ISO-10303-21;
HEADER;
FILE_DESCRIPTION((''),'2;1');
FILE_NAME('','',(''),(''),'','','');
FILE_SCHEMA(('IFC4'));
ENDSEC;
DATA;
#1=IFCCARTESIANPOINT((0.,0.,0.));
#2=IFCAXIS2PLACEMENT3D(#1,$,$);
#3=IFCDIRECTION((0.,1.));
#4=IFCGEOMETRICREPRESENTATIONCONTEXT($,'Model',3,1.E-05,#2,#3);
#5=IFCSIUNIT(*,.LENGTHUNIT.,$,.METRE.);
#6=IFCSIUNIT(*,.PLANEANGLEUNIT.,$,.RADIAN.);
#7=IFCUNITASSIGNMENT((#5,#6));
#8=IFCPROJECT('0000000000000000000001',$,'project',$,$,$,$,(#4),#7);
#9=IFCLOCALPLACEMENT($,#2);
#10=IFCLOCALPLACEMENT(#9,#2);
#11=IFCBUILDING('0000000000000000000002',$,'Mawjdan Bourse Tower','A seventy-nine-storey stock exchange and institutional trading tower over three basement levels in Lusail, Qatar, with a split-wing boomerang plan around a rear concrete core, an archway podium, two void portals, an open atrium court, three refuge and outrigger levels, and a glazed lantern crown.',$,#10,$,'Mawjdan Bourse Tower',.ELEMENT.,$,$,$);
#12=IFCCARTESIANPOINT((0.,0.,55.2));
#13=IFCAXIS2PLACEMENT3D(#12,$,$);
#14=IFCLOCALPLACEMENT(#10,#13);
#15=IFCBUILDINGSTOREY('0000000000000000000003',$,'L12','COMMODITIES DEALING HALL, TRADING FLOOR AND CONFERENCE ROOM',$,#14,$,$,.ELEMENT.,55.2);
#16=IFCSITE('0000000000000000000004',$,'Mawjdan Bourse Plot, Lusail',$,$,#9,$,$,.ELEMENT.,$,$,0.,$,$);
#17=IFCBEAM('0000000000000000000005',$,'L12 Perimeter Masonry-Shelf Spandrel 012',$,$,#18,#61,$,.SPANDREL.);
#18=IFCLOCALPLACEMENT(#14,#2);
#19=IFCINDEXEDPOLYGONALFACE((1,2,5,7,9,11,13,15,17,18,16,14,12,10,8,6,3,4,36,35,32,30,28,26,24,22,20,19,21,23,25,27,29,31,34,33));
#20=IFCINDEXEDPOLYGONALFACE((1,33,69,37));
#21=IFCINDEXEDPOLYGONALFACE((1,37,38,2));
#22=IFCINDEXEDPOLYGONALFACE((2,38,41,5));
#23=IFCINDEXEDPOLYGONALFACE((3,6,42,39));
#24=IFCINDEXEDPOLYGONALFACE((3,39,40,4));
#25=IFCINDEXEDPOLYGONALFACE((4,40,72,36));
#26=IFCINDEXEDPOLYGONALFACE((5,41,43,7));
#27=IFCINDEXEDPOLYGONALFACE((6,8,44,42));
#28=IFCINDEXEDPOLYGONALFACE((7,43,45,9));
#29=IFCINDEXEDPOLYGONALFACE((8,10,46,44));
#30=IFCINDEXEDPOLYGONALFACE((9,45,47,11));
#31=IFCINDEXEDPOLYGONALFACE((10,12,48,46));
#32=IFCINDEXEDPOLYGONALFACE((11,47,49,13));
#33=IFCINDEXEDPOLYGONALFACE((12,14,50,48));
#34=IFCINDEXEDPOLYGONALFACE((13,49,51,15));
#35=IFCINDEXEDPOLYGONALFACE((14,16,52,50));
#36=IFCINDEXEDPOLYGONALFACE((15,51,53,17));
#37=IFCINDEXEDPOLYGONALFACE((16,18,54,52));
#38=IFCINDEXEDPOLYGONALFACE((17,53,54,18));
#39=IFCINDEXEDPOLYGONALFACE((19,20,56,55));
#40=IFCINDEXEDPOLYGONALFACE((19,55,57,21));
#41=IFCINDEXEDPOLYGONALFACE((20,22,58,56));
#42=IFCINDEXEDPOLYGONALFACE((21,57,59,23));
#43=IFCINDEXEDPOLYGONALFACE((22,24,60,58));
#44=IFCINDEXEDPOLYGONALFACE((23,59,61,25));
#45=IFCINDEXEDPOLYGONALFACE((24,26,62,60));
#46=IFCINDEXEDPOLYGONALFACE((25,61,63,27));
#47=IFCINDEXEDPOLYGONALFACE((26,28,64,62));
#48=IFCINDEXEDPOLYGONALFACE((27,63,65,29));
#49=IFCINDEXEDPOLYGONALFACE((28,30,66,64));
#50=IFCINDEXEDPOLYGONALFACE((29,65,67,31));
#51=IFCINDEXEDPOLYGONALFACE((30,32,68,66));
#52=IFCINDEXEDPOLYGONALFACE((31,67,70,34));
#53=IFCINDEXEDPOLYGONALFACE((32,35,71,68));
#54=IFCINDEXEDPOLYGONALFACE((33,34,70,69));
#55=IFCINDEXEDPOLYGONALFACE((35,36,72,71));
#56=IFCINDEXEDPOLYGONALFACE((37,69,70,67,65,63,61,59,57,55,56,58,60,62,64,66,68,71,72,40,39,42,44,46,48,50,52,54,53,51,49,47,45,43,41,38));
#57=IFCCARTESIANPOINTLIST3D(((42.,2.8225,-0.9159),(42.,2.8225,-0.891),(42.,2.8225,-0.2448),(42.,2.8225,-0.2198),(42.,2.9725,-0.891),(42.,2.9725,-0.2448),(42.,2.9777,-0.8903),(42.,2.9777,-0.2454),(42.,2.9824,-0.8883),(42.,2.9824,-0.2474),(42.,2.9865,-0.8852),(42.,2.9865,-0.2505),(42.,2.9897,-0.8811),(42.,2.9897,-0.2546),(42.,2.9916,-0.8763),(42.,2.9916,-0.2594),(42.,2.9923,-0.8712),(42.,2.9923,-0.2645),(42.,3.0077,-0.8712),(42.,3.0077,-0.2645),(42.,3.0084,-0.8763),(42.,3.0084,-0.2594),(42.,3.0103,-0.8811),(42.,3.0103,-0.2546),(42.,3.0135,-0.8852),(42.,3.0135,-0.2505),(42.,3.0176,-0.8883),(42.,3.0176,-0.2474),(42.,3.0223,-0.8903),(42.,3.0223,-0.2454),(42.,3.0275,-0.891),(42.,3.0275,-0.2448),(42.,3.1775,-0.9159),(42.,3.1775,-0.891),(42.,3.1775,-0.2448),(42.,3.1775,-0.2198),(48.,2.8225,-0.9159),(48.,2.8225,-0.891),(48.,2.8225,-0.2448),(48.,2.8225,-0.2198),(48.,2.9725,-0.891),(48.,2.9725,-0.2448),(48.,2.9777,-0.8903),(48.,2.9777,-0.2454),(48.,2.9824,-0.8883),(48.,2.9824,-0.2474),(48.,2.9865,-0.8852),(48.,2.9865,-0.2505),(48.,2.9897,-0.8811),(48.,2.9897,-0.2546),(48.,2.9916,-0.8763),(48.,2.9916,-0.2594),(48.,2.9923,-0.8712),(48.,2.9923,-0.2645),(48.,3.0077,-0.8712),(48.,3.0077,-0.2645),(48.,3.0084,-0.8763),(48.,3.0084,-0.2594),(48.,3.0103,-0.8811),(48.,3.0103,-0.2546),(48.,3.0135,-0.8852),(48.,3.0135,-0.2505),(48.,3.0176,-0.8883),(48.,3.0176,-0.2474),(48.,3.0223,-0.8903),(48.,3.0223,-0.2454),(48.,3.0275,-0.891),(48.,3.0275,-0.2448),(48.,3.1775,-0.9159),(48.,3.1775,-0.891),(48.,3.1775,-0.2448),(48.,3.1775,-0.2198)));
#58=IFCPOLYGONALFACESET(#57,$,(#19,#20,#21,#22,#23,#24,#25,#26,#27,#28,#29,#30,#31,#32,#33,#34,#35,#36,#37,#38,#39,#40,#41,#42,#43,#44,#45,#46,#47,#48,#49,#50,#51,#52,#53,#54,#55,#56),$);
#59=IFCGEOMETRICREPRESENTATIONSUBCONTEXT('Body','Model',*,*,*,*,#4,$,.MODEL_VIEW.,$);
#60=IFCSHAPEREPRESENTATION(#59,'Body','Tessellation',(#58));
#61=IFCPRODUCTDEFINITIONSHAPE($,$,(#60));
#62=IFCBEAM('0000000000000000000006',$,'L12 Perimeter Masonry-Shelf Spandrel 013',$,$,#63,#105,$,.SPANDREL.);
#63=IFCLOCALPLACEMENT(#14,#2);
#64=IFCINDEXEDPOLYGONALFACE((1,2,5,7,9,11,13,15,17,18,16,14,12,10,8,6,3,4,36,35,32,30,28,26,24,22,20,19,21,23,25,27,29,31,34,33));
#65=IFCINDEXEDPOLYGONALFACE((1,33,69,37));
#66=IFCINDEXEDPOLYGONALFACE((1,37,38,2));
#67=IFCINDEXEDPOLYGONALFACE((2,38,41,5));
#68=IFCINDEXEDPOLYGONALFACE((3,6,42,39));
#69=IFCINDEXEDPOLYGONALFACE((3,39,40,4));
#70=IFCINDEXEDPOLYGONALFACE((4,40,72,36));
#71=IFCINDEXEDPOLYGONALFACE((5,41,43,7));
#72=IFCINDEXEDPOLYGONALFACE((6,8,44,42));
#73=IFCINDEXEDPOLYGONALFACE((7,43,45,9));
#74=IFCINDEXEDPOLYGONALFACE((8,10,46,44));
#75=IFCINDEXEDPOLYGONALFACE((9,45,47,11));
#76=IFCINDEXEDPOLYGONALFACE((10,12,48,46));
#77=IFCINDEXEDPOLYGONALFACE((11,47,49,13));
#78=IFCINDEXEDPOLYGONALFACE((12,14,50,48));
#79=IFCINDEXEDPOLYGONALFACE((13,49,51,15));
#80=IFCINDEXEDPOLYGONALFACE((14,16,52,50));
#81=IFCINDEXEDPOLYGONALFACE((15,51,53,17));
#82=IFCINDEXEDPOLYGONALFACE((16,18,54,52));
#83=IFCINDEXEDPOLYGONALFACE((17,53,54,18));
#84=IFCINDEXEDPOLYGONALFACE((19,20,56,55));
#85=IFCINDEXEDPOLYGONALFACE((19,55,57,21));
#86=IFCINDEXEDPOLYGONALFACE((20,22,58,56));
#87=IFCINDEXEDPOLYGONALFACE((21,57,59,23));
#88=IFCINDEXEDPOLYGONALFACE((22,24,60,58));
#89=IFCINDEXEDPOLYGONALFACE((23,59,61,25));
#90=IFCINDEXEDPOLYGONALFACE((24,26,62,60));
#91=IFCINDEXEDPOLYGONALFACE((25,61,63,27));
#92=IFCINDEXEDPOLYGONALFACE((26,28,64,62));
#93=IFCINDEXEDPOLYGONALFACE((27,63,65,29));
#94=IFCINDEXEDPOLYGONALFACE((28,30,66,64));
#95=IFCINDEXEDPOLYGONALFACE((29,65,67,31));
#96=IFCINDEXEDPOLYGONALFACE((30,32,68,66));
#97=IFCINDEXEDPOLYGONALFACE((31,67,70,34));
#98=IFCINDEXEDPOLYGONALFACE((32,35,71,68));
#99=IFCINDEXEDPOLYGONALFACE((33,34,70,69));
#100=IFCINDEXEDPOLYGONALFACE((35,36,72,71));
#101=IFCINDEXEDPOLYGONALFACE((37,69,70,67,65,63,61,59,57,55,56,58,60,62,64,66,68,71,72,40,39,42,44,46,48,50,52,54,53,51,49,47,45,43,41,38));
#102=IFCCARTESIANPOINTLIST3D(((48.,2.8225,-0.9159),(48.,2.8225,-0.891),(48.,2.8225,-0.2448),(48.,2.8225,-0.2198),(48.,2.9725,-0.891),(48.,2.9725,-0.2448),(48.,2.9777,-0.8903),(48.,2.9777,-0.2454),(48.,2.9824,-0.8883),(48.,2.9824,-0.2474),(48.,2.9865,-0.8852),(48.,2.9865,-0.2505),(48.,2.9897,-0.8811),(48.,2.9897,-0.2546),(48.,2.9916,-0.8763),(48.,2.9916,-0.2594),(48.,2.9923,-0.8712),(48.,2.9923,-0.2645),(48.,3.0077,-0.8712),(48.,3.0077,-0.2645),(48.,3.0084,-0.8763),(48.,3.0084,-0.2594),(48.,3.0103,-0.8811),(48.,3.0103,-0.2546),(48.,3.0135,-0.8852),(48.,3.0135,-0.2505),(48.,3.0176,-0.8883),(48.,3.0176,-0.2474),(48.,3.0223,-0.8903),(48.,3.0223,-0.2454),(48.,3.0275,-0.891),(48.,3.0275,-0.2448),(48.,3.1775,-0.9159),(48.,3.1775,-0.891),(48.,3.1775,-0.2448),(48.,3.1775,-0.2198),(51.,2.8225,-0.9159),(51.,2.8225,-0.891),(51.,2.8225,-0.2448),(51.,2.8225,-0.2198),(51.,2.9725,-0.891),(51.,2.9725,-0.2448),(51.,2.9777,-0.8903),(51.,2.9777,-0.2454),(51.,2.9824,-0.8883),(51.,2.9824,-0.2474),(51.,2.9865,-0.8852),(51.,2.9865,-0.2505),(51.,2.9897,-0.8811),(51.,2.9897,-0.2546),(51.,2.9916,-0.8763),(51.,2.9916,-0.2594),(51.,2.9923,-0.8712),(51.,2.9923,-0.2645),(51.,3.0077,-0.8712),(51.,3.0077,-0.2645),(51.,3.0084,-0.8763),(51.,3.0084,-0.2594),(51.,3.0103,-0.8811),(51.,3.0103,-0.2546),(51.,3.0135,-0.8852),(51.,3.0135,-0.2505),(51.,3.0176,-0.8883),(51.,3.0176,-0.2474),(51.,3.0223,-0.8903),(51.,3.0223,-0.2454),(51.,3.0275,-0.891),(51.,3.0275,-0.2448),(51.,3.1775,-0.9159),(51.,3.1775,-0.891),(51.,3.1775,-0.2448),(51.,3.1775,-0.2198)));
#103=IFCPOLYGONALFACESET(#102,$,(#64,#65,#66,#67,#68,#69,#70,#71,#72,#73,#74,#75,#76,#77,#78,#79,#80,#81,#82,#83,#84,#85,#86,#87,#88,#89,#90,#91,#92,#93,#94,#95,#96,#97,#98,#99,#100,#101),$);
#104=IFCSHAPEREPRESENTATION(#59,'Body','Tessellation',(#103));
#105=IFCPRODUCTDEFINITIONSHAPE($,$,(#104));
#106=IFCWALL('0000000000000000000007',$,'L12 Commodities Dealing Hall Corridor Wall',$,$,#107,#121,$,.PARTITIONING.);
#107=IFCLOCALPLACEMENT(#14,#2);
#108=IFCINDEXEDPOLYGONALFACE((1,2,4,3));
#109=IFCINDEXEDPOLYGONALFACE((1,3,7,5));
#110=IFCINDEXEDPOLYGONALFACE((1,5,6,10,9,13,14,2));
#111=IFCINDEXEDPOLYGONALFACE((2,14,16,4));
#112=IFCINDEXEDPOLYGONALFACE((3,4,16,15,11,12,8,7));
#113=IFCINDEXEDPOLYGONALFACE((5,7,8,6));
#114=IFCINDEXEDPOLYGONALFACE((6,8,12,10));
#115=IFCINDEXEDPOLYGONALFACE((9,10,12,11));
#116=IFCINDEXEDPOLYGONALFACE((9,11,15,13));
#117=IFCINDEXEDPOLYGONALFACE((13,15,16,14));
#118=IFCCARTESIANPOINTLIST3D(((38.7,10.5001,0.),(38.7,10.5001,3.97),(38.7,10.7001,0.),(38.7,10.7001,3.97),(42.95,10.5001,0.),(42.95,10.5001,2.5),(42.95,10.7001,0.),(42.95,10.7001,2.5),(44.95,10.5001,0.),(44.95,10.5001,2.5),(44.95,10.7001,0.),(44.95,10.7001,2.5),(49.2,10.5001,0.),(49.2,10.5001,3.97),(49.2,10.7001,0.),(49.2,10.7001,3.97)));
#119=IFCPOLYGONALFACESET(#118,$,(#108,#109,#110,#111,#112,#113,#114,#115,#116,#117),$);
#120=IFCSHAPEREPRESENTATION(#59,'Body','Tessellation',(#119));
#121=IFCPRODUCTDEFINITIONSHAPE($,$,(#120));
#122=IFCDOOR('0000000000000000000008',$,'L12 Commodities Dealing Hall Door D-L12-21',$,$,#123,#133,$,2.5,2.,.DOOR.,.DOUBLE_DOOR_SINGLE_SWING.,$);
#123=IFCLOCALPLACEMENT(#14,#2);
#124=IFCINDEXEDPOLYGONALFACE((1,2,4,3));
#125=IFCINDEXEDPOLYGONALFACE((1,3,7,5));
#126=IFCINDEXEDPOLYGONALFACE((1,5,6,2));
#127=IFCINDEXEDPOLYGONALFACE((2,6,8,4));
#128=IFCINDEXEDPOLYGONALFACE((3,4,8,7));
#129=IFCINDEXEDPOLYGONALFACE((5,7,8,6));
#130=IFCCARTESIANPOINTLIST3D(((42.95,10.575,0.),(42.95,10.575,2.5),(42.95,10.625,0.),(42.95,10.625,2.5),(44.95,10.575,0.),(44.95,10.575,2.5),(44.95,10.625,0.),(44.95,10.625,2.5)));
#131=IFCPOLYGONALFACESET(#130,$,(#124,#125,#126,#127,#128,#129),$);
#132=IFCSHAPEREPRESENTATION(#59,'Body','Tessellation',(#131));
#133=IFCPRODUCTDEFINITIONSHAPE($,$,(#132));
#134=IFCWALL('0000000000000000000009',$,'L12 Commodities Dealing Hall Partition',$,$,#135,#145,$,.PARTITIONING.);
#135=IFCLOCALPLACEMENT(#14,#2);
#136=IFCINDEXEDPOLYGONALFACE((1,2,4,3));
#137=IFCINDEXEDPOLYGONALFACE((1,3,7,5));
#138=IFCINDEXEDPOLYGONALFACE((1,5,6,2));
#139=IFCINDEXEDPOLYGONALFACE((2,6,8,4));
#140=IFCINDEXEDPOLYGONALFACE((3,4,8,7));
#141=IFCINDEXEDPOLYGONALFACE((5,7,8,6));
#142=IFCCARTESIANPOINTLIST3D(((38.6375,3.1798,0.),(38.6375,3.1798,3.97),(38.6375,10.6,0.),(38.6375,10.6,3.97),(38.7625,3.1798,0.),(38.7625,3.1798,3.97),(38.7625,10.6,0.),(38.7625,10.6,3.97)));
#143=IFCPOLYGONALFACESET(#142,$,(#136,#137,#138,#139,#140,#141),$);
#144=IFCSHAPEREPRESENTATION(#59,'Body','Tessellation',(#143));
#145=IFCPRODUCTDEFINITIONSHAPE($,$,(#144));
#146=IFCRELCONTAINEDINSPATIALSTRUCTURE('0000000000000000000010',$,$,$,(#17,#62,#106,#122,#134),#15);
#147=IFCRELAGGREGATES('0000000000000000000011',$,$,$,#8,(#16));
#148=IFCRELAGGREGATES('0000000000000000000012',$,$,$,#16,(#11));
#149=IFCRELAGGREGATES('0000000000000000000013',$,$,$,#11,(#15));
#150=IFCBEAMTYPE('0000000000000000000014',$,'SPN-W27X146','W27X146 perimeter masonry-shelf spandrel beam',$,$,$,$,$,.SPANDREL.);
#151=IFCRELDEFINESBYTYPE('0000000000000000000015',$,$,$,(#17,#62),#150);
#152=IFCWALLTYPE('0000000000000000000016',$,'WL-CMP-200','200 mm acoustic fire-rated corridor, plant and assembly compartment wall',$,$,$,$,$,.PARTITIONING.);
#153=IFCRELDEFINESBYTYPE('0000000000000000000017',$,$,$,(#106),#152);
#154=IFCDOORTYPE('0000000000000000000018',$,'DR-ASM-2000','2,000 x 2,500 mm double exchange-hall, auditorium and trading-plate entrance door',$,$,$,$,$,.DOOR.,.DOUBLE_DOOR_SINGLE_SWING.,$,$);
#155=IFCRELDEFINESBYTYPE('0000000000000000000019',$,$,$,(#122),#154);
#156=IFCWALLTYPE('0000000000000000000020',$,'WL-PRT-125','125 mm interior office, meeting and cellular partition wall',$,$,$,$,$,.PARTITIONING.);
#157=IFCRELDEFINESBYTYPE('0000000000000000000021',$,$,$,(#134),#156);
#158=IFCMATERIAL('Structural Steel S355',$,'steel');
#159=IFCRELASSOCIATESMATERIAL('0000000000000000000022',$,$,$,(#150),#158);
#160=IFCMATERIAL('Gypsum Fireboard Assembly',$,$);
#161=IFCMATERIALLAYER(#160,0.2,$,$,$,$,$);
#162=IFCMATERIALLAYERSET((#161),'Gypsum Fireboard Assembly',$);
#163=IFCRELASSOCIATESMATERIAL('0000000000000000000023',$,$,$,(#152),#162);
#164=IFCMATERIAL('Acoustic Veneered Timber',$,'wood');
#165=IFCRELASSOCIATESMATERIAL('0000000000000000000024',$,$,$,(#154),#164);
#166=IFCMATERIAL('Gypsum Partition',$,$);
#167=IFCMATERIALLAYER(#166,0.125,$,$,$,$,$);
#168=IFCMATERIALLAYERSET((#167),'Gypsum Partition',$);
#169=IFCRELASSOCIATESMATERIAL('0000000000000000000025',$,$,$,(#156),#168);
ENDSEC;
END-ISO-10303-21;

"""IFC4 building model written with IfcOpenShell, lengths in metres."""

from ifc_helpers import new_model, si_unit, direction, frame, frame_2d, origin, origin_2d, place, context, subcontext, project, spatial, rectangle, i_section, extrude, material, layer, layer_set, material_profile, profile_set, type_object, element, fill, save


model = new_model("IFC4")

# Units and contexts
model_context = context("Model", 3, precision=1e-05, world=origin(), true_north=direction((0.0, 1.0)))
body_context = subcontext(model_context, "Body", "Model", "MODEL_VIEW")
ifc_project = project(units=[si_unit("LENGTHUNIT", "METRE"), si_unit("PLANEANGLEUNIT", "RADIAN")], contexts=[model_context])

# Site, building, storey
site_placement = place(None, origin())
site = spatial("IfcSite", under=ifc_project, at=site_placement, Name="Mawjdan Bourse Plot, Lusail", CompositionType="ELEMENT", RefElevation=0.0)
building_placement = place(site_placement, origin())
building = spatial("IfcBuilding", under=site, at=building_placement, Name="Mawjdan Bourse Tower", Description="A seventy-nine-storey stock exchange and institutional trading tower over three basement levels in Lusail, Qatar, with a split-wing boomerang plan around a rear concrete core, an archway podium, two void portals, an open atrium court, three refuge and outrigger levels, and a glazed lantern crown.", LongName="Mawjdan Bourse Tower", CompositionType="ELEMENT")
storey_placement = place(building_placement, frame((0.0, 0.0, 55.2)))
storey = spatial("IfcBuildingStorey", under=building, at=storey_placement, Name="L12", Description="COMMODITIES DEALING HALL, TRADING FLOOR AND CONFERENCE ROOM", CompositionType="ELEMENT", Elevation=55.2)

# Beams
ifc_material_1 = material(Name="Structural Steel S355", Category="steel")
ifc_material_profile_1 = material_profile(ifc_material_1, i_section(OverallWidth=0.355, OverallDepth=0.696, WebThickness=0.0154, FlangeThickness=0.0249, FilletRadius=0.0198, at=origin_2d()), Name="W27X146")
ifc_profile_set_1 = profile_set([ifc_material_profile_1], Name="Structural Steel S355")
beam_type_1 = type_object("IfcBeamType", Name="SPN-W27X146", Description="W27X146 perimeter masonry-shelf spandrel beam", PredefinedType="SPANDREL", material=ifc_profile_set_1)
beam_1_placement = place(storey_placement, frame((42.0, 3.0, -0.5679), z_axis=(1.0, 0.0, 0.0), x_axis=(0.0, 1.0, 0.0)))
element("IfcBeam", 1, at=beam_1_placement, inside=storey, type_object=beam_type_1, Name="L12 Perimeter Masonry-Shelf Spandrel 012", PredefinedType="SPANDREL", context=body_context, shape_type="SweptSolid", body=[
    extrude(i_section(OverallWidth=0.355, OverallDepth=0.696, WebThickness=0.0154, FlangeThickness=0.0249, FilletRadius=0.0198, at=origin_2d()), origin(), (0.0, 0.0, 1.0), 6.0),
])
beam_2_placement = place(storey_placement, frame((48.0, 3.0, -0.5679), z_axis=(1.0, 0.0, 0.0), x_axis=(0.0, 1.0, 0.0)))
element("IfcBeam", 2, at=beam_2_placement, inside=storey, type_object=beam_type_1, Name="L12 Perimeter Masonry-Shelf Spandrel 013", PredefinedType="SPANDREL", context=body_context, shape_type="SweptSolid", body=[
    extrude(i_section(OverallWidth=0.355, OverallDepth=0.696, WebThickness=0.0154, FlangeThickness=0.0249, FilletRadius=0.0198, at=origin_2d()), origin(), (0.0, 0.0, 1.0), 3.0),
])

# Wall, opening, door
ifc_material_2 = material(Name="Gypsum Fireboard Assembly")
ifc_layer_1 = layer(ifc_material_2, 0.2)
ifc_layer_set_1 = layer_set([ifc_layer_1], Name="Gypsum Fireboard Assembly")
wall_type_1 = type_object("IfcWallType", Name="WL-CMP-200", Description="200 mm acoustic fire-rated corridor, plant and assembly compartment wall", PredefinedType="PARTITIONING", material=ifc_layer_set_1)
wall_1_placement = place(storey_placement, frame((38.7, 10.6001, 0.0), z_axis=(0.0, 0.0, 1.0), x_axis=(1.0, 0.0, 0.0)))
wall_1 = element("IfcWall", 3, at=wall_1_placement, inside=storey, type_object=wall_type_1, Name="L12 Commodities Dealing Hall Corridor Wall", PredefinedType="PARTITIONING", context=body_context, shape_type="SweptSolid", body=[
    extrude(rectangle(XDim=10.5, YDim=0.2, at=frame_2d((5.25, 0.0))), origin(), (0.0, 0.0, 1.0), 3.97),
])
opening_placement = place(wall_1_placement, frame((4.25, 0.0, 0.0)))
opening = element("IfcOpeningElement", 4, at=opening_placement, cuts=wall_1, PredefinedType="OPENING", context=body_context, shape_type="SweptSolid", body=[
    extrude(rectangle(XDim=2.0, YDim=2.5, at=frame_2d((1.0, 1.25))), frame((0.0, 0.1099, 0.0), z_axis=(0.0, -1.0, 0.0), x_axis=(1.0, 0.0, 0.0)), (0.0, 0.0, 1.0), 0.22),
])
ifc_material_3 = material(Name="Acoustic Veneered Timber", Category="wood")
door_type = type_object("IfcDoorType", Name="DR-ASM-2000", Description="2,000 x 2,500 mm double exchange-hall, auditorium and trading-plate entrance door", OperationType="DOUBLE_DOOR_SINGLE_SWING", PredefinedType="DOOR", material=ifc_material_3)
door_placement = place(opening_placement, origin())
door = element("IfcDoor", 5, at=door_placement, inside=storey, type_object=door_type, Name="L12 Commodities Dealing Hall Door D-L12-21", OperationType="DOUBLE_DOOR_SINGLE_SWING", OverallHeight=2.5, OverallWidth=2.0, PredefinedType="DOOR", context=body_context, shape_type="SweptSolid", body=[
    extrude(rectangle(XDim=2.0, YDim=2.5, at=frame_2d((1.0, 1.25))), frame((0.0, 0.0249, 0.0), z_axis=(0.0, -1.0, 0.0), x_axis=(1.0, 0.0, 0.0)), (0.0, 0.0, 1.0), 0.05),
])
fill(opening, door)

# Wall
ifc_material_4 = material(Name="Gypsum Partition")
ifc_layer_2 = layer(ifc_material_4, 0.125)
ifc_layer_set_2 = layer_set([ifc_layer_2], Name="Gypsum Partition")
wall_type_2 = type_object("IfcWallType", Name="WL-PRT-125", Description="125 mm interior office, meeting and cellular partition wall", PredefinedType="PARTITIONING", material=ifc_layer_set_2)
wall_2_placement = place(storey_placement, frame((38.7, 3.1799, 0.0), z_axis=(0.0, 0.0, 1.0), x_axis=(0.0, 1.0, 0.0)))
element("IfcWall", 6, at=wall_2_placement, inside=storey, type_object=wall_type_2, Name="L12 Commodities Dealing Hall Partition", PredefinedType="PARTITIONING", context=body_context, shape_type="SweptSolid", body=[
    extrude(rectangle(XDim=7.4202, YDim=0.125, at=frame_2d((3.71, 0.0))), origin(), (0.0, 0.0, 1.0), 3.97),
])

save(model, "model.ifc")
